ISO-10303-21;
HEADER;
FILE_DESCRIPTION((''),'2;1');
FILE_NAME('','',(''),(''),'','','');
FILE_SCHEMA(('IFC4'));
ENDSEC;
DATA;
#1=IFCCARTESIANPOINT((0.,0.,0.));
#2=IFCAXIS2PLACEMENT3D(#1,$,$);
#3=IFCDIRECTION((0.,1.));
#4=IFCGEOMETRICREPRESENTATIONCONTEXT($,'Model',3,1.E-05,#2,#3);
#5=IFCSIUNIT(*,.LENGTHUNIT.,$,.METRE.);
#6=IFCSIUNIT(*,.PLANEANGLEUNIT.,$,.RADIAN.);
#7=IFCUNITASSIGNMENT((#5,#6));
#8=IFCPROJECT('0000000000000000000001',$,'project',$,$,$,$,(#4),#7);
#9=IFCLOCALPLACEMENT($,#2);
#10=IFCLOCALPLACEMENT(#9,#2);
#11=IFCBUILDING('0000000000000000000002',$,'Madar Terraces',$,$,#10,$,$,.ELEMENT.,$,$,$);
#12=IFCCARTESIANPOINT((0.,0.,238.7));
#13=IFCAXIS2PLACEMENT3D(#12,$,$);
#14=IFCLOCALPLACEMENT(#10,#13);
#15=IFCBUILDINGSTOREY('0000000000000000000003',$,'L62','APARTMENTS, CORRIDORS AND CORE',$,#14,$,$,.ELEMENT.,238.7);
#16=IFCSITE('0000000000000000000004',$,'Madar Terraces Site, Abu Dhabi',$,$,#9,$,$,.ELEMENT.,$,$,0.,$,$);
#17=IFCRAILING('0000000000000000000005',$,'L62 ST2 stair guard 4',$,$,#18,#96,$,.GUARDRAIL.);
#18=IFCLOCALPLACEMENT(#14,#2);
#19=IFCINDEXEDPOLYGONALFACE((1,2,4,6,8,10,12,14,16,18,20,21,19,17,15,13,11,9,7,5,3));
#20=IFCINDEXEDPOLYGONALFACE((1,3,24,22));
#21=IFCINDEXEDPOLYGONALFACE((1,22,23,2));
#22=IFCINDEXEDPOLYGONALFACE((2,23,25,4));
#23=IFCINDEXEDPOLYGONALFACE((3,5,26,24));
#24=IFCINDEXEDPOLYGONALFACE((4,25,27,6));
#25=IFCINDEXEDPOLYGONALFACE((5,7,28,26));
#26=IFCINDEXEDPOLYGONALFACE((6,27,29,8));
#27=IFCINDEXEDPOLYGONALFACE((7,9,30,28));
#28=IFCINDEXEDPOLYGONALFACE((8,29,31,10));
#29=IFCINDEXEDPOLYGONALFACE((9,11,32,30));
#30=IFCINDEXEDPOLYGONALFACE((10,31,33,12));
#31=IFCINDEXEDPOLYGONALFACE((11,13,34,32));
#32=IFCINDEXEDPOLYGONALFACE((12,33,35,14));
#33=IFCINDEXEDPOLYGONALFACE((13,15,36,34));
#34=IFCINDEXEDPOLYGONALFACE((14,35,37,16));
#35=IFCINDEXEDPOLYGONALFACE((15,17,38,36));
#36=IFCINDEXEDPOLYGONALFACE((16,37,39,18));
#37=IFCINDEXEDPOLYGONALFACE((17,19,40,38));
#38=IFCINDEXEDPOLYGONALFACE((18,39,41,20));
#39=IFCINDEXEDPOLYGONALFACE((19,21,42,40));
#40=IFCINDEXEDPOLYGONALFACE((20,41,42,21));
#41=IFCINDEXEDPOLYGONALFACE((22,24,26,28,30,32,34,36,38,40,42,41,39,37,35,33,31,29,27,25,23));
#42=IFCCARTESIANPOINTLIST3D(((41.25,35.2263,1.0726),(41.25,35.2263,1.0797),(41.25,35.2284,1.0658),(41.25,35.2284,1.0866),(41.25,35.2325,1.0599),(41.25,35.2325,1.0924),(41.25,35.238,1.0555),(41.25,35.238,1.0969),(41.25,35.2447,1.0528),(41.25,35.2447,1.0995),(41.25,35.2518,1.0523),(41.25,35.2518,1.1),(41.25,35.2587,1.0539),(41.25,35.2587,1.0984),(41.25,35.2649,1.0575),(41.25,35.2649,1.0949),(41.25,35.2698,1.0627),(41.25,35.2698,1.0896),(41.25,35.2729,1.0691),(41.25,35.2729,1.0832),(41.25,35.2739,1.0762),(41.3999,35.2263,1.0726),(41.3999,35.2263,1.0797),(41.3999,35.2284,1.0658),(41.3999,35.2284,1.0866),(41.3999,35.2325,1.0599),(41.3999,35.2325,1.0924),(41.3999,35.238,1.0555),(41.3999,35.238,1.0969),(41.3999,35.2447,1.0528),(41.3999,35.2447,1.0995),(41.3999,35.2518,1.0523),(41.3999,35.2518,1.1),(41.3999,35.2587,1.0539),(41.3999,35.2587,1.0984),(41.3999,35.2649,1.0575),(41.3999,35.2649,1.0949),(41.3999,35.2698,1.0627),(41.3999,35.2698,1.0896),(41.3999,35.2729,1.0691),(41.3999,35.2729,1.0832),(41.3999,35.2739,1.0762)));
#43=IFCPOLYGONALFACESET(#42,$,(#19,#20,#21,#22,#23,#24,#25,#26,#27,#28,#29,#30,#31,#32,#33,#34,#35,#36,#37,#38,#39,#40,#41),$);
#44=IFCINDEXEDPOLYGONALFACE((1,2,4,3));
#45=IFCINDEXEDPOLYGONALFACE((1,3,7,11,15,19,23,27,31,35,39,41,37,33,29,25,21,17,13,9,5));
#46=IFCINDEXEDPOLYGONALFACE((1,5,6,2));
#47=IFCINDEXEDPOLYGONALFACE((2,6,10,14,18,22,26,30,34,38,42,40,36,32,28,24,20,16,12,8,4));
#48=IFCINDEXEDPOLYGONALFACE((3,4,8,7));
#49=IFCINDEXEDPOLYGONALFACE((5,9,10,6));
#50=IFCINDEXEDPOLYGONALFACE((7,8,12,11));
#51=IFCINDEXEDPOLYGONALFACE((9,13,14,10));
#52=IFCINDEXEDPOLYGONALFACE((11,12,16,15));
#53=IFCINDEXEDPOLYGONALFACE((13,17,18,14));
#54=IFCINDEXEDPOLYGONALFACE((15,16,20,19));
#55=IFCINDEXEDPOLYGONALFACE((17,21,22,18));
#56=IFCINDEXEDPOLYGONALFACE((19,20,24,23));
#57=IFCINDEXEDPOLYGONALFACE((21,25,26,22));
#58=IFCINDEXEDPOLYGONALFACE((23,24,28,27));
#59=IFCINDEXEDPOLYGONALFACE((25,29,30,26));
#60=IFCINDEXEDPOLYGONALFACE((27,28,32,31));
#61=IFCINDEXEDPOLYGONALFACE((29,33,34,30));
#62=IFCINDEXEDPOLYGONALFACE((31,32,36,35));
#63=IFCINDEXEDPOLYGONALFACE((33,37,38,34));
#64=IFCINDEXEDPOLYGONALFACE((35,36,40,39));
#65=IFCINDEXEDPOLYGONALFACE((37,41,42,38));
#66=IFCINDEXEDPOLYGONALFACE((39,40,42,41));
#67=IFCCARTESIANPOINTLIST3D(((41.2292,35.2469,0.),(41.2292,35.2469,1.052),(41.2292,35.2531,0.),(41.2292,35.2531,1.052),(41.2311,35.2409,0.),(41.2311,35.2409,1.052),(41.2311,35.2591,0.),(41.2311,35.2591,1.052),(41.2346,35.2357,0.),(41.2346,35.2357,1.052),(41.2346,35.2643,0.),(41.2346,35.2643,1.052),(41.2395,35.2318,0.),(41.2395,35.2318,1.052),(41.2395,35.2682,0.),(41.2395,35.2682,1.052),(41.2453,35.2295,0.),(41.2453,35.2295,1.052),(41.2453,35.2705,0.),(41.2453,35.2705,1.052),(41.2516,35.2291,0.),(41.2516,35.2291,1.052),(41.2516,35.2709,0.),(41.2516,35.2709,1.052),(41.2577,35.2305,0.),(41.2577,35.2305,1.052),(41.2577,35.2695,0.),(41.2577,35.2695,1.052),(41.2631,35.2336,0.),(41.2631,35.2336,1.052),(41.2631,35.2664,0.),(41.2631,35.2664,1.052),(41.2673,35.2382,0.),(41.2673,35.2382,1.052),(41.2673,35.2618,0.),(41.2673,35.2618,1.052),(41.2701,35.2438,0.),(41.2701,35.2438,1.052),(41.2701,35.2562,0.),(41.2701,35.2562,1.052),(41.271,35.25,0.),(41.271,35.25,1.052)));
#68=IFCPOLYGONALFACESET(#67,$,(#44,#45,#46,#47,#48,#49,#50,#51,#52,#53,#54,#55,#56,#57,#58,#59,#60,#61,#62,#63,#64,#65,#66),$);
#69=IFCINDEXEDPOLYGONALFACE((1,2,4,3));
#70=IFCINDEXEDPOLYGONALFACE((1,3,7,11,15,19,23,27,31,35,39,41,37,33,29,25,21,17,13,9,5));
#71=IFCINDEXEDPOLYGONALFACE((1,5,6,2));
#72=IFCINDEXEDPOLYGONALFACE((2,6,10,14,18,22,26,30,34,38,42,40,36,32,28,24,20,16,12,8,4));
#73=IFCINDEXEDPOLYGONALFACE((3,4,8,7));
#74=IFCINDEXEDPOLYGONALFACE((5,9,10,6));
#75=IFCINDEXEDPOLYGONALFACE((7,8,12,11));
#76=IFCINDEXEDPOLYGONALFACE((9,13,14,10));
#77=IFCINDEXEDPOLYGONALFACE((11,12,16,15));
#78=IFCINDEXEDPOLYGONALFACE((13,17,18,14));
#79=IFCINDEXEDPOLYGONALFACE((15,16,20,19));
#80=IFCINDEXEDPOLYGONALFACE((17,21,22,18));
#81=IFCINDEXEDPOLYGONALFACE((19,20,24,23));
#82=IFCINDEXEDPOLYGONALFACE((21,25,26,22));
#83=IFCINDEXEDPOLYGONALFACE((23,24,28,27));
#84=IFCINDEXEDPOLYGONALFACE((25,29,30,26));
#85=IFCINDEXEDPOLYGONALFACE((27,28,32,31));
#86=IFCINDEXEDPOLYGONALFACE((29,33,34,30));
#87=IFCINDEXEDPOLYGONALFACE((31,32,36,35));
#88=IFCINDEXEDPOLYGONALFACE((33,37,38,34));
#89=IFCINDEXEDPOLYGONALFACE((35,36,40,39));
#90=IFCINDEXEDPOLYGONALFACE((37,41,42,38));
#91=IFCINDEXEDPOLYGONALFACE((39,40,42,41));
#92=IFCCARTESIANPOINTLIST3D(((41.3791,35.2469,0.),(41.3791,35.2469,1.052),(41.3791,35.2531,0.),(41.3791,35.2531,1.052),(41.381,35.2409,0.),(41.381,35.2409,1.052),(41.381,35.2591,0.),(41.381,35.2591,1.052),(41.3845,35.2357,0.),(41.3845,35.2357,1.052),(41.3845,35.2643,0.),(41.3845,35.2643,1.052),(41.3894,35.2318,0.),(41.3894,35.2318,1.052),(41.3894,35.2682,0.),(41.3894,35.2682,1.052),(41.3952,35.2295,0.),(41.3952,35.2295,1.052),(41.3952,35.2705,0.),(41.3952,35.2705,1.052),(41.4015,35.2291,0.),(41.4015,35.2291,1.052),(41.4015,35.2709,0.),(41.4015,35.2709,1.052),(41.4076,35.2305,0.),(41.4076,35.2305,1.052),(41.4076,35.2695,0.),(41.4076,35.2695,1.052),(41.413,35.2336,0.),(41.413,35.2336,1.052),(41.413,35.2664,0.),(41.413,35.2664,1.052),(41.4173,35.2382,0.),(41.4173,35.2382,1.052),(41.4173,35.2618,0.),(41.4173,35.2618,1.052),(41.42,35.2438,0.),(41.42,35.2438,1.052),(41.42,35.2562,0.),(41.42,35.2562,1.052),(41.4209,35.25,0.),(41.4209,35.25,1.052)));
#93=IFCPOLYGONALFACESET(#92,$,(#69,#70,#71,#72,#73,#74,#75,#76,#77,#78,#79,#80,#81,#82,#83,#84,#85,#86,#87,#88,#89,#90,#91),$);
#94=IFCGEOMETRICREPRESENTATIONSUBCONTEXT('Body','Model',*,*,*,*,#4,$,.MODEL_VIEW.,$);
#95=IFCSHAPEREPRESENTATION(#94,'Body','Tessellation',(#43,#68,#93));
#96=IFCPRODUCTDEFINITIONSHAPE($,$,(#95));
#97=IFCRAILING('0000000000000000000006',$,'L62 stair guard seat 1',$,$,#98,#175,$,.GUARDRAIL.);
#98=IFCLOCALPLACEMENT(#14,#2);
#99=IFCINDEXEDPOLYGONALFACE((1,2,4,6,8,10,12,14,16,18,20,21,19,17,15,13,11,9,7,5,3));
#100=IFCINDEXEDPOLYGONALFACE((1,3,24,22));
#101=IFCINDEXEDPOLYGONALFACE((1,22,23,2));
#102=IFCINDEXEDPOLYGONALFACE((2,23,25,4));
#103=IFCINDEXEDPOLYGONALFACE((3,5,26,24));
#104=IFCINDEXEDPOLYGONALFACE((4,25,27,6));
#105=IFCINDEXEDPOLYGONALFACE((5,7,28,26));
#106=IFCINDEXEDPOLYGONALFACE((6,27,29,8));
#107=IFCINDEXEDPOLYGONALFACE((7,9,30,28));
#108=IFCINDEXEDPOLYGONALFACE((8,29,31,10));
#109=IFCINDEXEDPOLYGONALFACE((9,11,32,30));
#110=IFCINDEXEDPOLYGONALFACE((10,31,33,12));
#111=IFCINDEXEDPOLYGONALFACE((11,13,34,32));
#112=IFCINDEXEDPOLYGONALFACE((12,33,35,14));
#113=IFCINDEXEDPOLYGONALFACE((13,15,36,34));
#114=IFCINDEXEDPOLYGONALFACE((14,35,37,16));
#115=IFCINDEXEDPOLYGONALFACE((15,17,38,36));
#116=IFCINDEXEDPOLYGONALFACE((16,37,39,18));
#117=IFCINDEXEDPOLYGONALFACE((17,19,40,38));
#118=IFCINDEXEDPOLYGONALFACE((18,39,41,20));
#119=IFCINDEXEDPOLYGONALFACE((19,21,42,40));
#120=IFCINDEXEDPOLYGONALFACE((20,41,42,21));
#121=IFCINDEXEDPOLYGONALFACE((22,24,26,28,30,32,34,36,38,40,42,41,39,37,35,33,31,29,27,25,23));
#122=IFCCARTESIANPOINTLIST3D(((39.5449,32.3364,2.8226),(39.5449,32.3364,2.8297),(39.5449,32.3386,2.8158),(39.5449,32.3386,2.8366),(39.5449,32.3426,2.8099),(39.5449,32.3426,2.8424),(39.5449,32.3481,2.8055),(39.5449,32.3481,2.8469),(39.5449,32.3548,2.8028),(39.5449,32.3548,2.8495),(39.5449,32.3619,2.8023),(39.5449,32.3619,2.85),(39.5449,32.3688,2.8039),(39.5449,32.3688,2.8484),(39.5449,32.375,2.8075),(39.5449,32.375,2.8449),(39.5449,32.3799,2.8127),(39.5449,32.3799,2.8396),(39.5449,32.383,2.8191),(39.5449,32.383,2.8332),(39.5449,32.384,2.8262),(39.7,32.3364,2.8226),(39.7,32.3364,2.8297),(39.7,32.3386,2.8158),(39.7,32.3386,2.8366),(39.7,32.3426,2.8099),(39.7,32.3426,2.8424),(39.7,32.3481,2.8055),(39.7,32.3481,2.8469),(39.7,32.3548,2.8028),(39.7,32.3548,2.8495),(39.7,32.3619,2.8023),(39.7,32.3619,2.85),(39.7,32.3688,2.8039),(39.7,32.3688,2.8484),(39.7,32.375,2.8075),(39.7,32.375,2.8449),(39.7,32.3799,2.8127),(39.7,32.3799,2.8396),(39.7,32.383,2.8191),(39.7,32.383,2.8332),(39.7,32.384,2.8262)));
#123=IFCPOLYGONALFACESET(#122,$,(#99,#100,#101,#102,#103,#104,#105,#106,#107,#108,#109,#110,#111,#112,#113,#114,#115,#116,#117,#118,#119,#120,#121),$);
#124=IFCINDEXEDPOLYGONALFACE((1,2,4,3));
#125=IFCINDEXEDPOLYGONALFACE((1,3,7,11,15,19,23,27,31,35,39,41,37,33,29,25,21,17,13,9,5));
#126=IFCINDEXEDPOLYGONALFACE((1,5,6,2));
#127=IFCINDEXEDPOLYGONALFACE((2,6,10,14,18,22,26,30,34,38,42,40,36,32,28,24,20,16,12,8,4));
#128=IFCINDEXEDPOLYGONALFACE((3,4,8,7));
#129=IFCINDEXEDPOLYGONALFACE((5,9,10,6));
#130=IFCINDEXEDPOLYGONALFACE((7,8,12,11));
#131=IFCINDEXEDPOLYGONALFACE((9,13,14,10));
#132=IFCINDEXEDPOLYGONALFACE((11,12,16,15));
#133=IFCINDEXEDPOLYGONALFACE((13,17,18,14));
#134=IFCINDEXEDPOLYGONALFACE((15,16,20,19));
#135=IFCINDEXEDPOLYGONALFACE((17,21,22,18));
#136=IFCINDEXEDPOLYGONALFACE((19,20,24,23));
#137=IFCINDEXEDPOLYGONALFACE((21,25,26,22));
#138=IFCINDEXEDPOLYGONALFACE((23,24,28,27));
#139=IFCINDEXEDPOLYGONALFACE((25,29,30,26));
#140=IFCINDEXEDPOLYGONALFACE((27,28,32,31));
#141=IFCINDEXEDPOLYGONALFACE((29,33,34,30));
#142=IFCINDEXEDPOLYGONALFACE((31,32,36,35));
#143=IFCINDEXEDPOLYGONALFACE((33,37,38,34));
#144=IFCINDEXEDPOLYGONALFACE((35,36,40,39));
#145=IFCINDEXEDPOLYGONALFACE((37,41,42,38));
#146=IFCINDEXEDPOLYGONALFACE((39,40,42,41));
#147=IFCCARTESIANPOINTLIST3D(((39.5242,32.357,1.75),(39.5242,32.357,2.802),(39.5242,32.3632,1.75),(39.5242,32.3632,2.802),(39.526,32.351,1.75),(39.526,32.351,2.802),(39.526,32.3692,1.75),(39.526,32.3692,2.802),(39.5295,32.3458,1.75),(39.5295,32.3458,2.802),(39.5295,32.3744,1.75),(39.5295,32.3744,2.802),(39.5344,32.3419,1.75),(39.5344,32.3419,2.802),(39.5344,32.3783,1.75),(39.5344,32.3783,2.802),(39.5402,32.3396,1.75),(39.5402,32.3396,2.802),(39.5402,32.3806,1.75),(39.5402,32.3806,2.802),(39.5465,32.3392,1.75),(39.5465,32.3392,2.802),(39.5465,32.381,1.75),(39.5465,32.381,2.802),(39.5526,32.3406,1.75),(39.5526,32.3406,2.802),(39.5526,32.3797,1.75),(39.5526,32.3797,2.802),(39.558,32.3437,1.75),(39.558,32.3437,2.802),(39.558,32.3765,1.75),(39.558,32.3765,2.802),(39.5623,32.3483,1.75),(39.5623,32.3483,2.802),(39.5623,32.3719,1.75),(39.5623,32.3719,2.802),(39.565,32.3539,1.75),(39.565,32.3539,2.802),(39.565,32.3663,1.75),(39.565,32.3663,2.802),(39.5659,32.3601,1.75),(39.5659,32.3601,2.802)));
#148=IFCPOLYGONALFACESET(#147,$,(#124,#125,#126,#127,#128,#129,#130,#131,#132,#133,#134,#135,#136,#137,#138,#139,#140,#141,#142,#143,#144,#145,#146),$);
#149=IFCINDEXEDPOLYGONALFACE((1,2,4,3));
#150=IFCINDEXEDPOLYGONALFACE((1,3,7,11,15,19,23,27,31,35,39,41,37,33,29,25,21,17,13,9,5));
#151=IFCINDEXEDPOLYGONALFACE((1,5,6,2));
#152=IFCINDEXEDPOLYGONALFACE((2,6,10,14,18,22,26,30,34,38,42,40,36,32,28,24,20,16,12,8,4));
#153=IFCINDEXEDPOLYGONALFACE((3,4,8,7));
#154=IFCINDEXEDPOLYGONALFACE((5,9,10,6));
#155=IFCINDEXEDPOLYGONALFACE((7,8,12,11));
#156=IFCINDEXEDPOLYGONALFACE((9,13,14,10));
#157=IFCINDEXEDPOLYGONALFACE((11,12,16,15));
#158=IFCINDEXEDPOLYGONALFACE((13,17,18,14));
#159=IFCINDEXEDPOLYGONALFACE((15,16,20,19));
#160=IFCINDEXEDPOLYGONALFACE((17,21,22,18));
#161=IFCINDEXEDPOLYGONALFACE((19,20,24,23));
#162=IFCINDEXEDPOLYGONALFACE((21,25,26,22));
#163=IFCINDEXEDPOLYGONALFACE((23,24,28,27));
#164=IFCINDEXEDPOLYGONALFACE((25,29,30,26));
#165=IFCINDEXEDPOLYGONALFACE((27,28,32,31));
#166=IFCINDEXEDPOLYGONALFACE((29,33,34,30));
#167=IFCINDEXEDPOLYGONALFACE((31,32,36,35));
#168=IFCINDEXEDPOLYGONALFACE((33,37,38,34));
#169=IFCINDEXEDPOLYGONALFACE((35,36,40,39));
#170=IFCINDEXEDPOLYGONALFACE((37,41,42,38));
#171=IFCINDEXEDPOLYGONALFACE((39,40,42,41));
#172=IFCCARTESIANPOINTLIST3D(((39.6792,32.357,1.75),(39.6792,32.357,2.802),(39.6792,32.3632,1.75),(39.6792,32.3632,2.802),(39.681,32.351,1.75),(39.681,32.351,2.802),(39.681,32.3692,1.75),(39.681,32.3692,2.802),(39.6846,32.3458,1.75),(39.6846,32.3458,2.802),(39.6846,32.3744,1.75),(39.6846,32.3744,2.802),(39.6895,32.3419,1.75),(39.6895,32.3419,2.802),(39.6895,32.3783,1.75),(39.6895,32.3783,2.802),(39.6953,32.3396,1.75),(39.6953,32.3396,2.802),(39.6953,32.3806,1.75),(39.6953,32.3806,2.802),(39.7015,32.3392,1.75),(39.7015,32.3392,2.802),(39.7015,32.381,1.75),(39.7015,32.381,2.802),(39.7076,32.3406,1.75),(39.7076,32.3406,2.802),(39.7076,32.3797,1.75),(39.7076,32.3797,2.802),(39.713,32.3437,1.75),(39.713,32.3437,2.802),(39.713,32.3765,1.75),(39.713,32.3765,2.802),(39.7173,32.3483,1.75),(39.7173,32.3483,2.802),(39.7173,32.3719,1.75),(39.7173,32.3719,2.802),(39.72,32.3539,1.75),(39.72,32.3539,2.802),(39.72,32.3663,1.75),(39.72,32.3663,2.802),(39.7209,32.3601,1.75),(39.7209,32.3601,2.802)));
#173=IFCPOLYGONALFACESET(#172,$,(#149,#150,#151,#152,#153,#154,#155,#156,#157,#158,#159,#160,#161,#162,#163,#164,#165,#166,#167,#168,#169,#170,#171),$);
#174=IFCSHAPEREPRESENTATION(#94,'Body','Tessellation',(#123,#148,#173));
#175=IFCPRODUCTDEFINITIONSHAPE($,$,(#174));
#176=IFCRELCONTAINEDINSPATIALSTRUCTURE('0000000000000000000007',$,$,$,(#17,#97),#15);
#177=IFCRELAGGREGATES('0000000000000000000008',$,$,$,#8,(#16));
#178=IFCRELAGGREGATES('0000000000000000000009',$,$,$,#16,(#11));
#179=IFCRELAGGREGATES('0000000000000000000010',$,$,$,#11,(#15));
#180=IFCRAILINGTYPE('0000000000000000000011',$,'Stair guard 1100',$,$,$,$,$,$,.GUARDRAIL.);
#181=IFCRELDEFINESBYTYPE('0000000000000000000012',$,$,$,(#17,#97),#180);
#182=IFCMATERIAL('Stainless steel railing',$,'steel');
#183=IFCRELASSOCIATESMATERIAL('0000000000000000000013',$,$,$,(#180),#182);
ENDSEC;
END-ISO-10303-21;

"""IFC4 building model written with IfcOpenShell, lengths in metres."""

from ifc_helpers import new_model, si_unit, direction, frame, origin, origin_2d, place, context, subcontext, project, spatial, circle, extrude, material, type_object, element, save


model = new_model("IFC4")

# Units and contexts
model_context = context("Model", 3, precision=1e-05, world=origin(), true_north=direction((0.0, 1.0)))
body_context = subcontext(model_context, "Body", "Model", "MODEL_VIEW")
ifc_project = project(units=[si_unit("LENGTHUNIT", "METRE"), si_unit("PLANEANGLEUNIT", "RADIAN")], contexts=[model_context])

# Site, building, storey
site_placement = place(None, origin())
site = spatial("IfcSite", under=ifc_project, at=site_placement, Name="Madar Terraces Site, Abu Dhabi", CompositionType="ELEMENT", RefElevation=0.0)
building_placement = place(site_placement, origin())
building = spatial("IfcBuilding", under=site, at=building_placement, Name="Madar Terraces", CompositionType="ELEMENT")
storey_placement = place(building_placement, frame((0.0, 0.0, 238.7)))
storey = spatial("IfcBuildingStorey", under=building, at=storey_placement, Name="L62", Description="APARTMENTS, CORRIDORS AND CORE", CompositionType="ELEMENT", Elevation=238.7)

# Railings
ifc_material_1 = material(Name="Stainless steel railing", Category="steel")
railing_type_1 = type_object("IfcRailingType", Name="Stair guard 1100", PredefinedType="GUARDRAIL", material=ifc_material_1)
railing_1_placement = place(storey_placement, frame((41.25, 35.25, 0.0)))
element("IfcRailing", 1, at=railing_1_placement, inside=storey, type_object=railing_type_1, Name="L62 ST2 stair guard 4", PredefinedType="GUARDRAIL", context=body_context, shape_type="SweptSolid", body=[
    extrude(circle(Radius=0.0239, at=origin_2d()), frame((0.0, 0.0, 1.0762), z_axis=(1.0, 0.0, 0.0), x_axis=(0.0, 1.0, 0.0)), (0.0, 0.0, 1.0), 0.1499),
    extrude(circle(Radius=0.021, at=origin_2d()), origin(), (0.0, 0.0, 1.0), 1.052),
    extrude(circle(Radius=0.021, at=origin_2d()), frame((0.1499, 0.0, 0.0)), (0.0, 0.0, 1.0), 1.052),
])
for number, where, name in (
    (2, (39.5449, 32.3601, 1.75), "L62 stair guard seat 1"),
):
    element("IfcRailing", number, at=place(storey_placement, frame(where)), inside=storey, type_object=railing_type_1, Name=name, PredefinedType="GUARDRAIL", context=body_context, shape_type="SweptSolid", body=[
        extrude(circle(Radius=0.0239, at=origin_2d()), frame((0.0, 0.0, 1.0762), z_axis=(1.0, 0.0, 0.0), x_axis=(0.0, 1.0, 0.0)), (0.0, 0.0, 1.0), 0.155),
        extrude(circle(Radius=0.021, at=origin_2d()), origin(), (0.0, 0.0, 1.0), 1.052),
        extrude(circle(Radius=0.021, at=origin_2d()), frame((0.155, 0.0, 0.0)), (0.0, 0.0, 1.0), 1.052),
    ])

save(model, "model.ifc")
